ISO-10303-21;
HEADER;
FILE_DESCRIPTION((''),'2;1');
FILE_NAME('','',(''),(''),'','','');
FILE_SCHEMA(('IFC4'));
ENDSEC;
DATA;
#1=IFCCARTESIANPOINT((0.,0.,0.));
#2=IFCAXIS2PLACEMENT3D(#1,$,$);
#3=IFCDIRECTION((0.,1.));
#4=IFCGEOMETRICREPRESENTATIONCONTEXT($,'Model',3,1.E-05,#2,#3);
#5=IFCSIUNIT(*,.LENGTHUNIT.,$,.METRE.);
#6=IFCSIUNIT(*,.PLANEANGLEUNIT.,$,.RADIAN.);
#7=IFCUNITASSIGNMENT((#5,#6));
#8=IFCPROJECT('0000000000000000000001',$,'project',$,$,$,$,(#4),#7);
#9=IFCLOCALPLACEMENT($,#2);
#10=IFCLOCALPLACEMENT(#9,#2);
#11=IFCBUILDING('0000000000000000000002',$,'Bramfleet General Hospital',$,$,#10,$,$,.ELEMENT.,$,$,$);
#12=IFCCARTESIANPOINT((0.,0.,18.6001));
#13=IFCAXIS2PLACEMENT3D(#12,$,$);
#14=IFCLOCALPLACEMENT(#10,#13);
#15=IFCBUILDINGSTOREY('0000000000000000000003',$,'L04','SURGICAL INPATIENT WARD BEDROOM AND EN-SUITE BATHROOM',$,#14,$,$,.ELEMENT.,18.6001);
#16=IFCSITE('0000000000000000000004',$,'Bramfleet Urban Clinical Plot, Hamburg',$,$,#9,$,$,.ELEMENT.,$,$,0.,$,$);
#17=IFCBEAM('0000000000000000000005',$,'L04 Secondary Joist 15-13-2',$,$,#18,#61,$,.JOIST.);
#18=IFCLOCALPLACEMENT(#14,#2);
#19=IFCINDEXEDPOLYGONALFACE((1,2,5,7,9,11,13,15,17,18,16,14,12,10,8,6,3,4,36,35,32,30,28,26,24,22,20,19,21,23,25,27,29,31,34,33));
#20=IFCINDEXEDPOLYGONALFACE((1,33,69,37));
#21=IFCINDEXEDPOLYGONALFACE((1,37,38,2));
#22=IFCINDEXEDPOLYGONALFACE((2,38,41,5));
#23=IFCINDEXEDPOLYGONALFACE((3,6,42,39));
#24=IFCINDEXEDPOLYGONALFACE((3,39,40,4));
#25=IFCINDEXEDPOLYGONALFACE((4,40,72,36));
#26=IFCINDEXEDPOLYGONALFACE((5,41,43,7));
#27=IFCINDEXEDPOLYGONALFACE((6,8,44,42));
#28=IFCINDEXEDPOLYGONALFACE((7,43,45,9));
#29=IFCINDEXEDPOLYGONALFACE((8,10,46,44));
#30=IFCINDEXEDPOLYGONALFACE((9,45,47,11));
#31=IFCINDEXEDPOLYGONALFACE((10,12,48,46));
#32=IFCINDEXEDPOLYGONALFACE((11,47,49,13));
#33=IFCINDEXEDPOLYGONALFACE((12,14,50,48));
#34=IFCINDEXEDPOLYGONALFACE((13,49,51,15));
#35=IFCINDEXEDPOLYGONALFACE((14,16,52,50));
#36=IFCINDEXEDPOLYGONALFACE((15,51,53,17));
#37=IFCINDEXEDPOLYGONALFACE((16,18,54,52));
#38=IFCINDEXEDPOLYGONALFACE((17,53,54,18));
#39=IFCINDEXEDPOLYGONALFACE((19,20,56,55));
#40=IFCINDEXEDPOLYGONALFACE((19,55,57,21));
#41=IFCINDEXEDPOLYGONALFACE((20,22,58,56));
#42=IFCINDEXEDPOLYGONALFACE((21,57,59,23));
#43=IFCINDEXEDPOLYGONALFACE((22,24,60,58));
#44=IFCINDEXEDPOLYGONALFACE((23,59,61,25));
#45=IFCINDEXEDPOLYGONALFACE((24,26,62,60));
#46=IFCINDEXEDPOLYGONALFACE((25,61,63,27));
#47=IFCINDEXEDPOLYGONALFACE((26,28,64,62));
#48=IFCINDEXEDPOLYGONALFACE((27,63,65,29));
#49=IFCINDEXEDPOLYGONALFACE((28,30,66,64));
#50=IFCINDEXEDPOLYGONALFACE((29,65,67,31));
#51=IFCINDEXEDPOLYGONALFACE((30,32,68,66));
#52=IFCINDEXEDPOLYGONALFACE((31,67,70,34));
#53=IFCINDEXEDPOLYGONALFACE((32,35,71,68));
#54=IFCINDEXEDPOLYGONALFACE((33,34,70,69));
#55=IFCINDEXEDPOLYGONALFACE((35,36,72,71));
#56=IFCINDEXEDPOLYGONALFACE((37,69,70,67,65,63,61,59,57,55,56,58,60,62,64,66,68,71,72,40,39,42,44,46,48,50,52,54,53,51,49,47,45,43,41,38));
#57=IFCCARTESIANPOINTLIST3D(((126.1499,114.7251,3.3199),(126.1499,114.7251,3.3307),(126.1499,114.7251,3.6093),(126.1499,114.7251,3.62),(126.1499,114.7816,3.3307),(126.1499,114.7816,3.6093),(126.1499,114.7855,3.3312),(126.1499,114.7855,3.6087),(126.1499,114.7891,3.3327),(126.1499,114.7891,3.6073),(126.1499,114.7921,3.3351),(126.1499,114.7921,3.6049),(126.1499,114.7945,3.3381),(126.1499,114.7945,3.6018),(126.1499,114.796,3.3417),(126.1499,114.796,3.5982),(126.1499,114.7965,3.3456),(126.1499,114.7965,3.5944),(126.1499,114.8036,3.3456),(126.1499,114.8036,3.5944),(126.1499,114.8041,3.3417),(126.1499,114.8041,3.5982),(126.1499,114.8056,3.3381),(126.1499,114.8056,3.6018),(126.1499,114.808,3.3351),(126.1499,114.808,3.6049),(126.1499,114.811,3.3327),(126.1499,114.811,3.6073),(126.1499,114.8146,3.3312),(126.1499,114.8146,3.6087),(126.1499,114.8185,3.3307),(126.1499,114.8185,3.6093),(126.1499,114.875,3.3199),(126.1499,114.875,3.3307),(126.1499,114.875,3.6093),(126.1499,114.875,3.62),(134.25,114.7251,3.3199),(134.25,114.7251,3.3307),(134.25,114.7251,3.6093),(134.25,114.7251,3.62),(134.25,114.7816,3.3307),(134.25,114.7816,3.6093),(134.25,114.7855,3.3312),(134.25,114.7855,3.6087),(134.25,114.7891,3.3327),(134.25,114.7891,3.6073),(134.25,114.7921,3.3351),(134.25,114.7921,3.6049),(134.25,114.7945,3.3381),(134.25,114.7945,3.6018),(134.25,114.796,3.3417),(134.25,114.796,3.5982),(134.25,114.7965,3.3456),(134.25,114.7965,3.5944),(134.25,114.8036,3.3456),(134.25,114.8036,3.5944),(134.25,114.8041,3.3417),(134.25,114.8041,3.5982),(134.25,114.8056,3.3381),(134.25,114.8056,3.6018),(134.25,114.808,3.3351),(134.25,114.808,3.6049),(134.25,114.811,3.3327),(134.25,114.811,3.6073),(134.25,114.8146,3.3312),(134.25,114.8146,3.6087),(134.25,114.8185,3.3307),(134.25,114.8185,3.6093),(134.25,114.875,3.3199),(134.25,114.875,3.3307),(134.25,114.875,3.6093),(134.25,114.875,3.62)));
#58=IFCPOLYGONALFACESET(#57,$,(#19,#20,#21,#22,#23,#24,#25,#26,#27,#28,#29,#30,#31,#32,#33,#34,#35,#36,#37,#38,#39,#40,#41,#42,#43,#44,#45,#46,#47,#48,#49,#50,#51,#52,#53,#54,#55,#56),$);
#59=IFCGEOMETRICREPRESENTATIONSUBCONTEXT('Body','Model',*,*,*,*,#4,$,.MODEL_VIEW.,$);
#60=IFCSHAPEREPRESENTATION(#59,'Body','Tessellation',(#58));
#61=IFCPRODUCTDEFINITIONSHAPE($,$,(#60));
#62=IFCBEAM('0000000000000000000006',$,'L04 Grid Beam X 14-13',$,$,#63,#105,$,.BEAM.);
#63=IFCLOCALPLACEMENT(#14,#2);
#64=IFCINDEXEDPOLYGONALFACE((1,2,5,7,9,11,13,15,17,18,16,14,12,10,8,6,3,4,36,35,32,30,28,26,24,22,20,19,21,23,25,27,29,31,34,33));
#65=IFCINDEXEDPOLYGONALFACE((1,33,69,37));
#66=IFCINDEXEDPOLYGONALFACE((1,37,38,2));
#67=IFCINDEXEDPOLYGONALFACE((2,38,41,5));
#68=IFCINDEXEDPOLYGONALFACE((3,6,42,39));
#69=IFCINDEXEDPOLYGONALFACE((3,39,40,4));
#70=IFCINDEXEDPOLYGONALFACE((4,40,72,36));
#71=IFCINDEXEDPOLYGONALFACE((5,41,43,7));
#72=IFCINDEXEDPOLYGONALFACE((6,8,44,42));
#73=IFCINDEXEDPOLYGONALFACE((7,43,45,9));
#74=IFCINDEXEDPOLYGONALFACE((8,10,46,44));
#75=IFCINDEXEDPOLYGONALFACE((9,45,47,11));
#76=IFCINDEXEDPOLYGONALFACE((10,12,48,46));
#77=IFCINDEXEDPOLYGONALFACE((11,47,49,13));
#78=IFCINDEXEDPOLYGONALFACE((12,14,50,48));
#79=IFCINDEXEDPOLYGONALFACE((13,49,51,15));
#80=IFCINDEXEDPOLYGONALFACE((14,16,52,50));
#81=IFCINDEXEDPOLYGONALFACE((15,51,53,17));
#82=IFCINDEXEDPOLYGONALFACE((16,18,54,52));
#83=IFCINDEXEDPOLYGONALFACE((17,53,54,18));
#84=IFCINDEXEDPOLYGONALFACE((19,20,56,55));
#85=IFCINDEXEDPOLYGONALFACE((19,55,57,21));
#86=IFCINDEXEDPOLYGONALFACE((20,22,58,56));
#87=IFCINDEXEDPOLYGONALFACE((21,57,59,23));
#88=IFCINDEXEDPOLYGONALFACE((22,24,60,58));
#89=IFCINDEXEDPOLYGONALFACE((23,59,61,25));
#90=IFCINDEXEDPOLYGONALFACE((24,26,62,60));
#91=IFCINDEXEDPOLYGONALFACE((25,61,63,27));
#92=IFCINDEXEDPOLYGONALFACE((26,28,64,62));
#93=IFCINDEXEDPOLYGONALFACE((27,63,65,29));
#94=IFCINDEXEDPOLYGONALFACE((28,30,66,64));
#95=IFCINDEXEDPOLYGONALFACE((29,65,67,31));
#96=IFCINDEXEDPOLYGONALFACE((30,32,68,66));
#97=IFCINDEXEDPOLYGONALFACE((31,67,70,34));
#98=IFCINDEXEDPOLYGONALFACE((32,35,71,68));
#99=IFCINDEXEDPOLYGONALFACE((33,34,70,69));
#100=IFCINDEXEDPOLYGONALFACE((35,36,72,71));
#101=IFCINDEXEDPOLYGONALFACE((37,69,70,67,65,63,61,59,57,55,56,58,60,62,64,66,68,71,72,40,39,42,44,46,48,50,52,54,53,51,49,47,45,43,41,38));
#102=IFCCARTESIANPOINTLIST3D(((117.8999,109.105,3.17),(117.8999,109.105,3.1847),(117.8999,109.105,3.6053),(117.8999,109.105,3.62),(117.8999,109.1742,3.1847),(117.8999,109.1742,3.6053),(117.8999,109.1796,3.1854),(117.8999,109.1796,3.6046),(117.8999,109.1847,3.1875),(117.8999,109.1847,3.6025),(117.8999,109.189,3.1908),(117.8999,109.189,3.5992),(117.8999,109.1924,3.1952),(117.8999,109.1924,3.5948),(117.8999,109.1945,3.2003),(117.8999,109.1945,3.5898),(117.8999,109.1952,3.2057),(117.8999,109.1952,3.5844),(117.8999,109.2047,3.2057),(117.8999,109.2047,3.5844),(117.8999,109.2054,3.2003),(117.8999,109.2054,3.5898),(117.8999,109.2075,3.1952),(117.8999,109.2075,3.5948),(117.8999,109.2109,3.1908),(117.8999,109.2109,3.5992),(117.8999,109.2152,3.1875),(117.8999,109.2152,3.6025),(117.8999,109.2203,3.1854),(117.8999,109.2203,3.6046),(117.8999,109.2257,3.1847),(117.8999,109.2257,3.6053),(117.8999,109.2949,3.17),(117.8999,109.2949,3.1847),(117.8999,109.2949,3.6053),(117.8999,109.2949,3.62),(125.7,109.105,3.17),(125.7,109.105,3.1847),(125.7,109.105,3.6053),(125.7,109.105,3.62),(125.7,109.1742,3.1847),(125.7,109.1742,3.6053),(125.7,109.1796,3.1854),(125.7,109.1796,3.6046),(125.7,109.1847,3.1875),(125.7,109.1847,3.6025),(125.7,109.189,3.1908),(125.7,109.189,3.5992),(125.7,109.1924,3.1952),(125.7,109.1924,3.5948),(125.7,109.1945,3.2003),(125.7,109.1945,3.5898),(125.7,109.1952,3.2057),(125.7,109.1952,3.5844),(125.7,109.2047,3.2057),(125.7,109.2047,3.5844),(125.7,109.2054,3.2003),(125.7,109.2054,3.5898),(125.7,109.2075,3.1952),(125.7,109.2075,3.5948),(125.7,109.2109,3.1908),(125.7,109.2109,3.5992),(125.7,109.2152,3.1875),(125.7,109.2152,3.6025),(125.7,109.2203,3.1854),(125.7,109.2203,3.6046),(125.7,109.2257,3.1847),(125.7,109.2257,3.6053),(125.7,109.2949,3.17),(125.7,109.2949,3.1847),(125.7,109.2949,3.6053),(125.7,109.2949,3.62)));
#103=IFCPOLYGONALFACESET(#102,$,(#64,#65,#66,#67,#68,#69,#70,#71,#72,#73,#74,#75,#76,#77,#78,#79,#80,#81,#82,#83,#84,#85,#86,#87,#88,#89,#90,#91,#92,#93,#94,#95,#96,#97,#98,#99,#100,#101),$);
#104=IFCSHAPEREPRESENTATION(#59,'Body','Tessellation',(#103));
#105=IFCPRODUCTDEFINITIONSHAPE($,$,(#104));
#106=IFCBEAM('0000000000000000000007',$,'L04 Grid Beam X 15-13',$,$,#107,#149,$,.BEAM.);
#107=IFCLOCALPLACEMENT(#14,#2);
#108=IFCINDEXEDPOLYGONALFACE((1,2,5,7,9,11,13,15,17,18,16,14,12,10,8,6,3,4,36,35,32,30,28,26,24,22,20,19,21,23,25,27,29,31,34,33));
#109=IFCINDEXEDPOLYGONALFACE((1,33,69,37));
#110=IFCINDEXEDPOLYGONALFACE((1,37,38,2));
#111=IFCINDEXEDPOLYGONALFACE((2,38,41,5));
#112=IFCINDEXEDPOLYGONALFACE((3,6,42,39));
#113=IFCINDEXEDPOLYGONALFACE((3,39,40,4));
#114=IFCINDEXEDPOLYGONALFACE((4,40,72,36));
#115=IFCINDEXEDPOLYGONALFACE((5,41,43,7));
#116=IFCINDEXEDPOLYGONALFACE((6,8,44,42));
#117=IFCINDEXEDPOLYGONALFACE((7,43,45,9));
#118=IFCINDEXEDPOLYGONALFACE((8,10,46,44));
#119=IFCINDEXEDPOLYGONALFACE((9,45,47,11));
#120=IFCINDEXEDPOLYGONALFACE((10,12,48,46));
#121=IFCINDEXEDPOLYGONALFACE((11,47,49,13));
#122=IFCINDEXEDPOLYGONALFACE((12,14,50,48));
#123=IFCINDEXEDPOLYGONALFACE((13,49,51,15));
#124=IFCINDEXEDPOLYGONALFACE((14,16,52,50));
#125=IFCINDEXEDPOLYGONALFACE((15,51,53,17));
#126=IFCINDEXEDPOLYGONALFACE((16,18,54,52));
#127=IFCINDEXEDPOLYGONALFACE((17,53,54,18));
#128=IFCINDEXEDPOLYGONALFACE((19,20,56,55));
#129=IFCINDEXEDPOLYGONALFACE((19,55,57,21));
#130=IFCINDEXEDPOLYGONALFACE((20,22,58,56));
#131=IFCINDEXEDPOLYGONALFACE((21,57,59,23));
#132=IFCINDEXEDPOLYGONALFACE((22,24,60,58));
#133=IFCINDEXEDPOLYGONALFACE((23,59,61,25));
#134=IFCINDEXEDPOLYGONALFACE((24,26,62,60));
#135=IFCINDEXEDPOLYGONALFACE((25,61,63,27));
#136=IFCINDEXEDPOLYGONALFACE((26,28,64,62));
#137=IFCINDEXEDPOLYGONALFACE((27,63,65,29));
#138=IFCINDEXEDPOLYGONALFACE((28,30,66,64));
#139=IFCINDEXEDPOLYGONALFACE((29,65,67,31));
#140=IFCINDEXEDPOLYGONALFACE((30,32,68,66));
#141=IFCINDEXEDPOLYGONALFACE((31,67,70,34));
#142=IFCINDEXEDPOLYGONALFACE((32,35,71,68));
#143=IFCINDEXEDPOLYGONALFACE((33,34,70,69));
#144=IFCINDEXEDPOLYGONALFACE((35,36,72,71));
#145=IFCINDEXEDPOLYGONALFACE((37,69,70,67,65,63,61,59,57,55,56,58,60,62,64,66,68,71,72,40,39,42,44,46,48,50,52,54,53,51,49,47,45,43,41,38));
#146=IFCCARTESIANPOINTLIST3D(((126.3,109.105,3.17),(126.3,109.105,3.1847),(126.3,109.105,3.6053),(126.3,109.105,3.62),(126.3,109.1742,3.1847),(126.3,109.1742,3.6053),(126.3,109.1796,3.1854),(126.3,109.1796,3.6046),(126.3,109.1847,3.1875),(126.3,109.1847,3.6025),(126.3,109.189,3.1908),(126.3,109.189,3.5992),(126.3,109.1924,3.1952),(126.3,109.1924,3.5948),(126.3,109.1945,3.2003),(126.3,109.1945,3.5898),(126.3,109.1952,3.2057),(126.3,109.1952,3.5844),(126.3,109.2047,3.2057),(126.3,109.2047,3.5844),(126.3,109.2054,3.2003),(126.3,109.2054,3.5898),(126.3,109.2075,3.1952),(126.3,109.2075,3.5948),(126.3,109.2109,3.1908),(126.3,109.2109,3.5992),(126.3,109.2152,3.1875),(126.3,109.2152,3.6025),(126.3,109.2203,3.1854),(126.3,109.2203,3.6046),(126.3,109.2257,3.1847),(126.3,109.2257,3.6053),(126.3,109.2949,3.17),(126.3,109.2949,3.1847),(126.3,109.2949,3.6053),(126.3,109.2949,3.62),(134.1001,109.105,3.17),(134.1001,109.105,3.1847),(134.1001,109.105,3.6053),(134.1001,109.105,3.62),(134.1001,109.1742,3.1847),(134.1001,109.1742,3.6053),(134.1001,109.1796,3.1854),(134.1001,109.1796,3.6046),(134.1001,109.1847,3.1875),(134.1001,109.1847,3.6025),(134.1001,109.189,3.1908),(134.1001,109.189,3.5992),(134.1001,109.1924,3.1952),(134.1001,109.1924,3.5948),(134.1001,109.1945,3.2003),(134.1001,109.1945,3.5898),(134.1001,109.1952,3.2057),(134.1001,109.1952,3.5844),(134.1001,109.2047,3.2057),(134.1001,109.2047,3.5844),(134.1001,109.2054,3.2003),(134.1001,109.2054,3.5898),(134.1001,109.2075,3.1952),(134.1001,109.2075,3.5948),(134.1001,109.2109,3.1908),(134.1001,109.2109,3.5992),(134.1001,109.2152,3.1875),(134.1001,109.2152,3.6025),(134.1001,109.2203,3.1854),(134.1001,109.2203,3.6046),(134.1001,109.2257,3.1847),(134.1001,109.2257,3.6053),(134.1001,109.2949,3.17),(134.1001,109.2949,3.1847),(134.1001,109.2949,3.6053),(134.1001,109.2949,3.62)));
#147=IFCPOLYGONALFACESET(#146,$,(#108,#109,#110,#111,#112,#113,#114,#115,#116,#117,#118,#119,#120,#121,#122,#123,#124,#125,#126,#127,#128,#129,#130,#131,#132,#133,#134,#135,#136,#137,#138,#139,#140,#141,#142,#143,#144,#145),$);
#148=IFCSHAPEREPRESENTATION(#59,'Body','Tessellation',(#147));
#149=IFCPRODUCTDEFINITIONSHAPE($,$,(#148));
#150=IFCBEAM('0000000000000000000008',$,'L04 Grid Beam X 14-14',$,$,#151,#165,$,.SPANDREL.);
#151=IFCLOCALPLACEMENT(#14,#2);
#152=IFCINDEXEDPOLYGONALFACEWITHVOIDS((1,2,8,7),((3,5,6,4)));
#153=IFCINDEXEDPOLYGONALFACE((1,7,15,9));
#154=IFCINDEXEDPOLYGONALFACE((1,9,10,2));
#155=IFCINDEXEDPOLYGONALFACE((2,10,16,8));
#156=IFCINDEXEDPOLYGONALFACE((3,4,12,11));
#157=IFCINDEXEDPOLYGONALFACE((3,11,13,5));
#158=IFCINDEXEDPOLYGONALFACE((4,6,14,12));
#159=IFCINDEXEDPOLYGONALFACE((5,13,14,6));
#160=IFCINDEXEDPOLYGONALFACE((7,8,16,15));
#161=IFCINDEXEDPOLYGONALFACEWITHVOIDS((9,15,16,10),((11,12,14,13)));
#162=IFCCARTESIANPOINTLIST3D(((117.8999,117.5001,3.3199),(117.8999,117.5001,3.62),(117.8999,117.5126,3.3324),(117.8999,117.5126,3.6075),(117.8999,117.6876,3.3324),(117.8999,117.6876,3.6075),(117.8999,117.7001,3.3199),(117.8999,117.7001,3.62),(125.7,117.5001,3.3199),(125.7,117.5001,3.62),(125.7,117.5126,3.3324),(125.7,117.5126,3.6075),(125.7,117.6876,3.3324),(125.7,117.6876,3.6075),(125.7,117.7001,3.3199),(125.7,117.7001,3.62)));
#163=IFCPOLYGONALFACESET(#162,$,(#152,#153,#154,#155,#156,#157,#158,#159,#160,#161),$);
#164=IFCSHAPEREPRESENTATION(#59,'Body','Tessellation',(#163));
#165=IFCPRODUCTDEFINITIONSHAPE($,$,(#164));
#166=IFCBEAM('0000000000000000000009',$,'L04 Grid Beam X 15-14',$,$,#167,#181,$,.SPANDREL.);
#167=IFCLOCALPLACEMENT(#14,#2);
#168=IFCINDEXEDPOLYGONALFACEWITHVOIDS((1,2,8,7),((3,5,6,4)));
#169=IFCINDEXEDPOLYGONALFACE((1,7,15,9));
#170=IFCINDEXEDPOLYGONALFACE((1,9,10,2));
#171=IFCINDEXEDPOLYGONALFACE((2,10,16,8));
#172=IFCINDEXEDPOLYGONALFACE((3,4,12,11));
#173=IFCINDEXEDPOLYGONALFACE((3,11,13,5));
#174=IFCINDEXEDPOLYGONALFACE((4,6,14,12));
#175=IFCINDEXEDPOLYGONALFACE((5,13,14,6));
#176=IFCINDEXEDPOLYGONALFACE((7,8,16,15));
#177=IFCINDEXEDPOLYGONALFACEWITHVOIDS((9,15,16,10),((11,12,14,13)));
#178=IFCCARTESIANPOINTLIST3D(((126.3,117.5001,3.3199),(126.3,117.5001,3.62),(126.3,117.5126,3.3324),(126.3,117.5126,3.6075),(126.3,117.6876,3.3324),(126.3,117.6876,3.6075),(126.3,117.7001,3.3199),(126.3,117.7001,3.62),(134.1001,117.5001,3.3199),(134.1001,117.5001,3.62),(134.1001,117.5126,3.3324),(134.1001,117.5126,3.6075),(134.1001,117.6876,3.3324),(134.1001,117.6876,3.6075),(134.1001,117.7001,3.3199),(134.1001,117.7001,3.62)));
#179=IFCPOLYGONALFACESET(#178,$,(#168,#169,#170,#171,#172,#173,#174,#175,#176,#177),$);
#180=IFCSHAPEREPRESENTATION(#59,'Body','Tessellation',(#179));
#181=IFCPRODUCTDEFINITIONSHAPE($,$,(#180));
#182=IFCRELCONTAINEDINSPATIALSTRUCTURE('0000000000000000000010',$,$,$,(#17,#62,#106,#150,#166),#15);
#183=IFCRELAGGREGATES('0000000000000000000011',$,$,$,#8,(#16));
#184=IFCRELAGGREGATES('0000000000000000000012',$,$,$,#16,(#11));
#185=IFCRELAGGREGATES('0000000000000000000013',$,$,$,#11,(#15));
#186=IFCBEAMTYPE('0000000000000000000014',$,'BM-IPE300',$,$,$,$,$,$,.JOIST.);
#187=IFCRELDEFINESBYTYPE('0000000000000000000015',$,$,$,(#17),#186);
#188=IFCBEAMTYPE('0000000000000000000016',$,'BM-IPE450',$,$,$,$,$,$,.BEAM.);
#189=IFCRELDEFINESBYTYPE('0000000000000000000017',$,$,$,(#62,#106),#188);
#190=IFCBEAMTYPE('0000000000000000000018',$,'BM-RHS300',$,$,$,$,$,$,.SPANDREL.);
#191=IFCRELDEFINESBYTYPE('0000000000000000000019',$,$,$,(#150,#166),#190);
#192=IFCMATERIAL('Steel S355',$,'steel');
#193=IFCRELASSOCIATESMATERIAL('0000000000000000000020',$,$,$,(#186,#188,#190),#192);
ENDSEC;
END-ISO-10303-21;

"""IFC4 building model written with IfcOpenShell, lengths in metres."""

from ifc_helpers import new_model, si_unit, direction, frame, origin, origin_2d, place, context, subcontext, project, spatial, hollow_rectangle, i_section, extrude, material, material_profile, profile_set, type_object, element, save


model = new_model("IFC4")

# Units and contexts
model_context = context("Model", 3, precision=1e-05, world=origin(), true_north=direction((0.0, 1.0)))
body_context = subcontext(model_context, "Body", "Model", "MODEL_VIEW")
ifc_project = project(units=[si_unit("LENGTHUNIT", "METRE"), si_unit("PLANEANGLEUNIT", "RADIAN")], contexts=[model_context])

# Site, building, storey
site_placement = place(None, origin())
site = spatial("IfcSite", under=ifc_project, at=site_placement, Name="Bramfleet Urban Clinical Plot, Hamburg", CompositionType="ELEMENT", RefElevation=0.0)
building_placement = place(site_placement, origin())
building = spatial("IfcBuilding", under=site, at=building_placement, Name="Bramfleet General Hospital", CompositionType="ELEMENT")
storey_placement = place(building_placement, frame((0.0, 0.0, 18.6001)))
storey = spatial("IfcBuildingStorey", under=building, at=storey_placement, Name="L04", Description="SURGICAL INPATIENT WARD BEDROOM AND EN-SUITE BATHROOM", CompositionType="ELEMENT", Elevation=18.6001)

# Beams
ifc_material_1 = material(Name="Steel S355", Category="steel")
ifc_material_profile_1 = material_profile(ifc_material_1, i_section(OverallWidth=0.1499, OverallDepth=0.3, WebThickness=0.0071, FlangeThickness=0.0107, FilletRadius=0.0149, at=origin_2d()), Name="IPE 300")
ifc_profile_set_1 = profile_set([ifc_material_profile_1], Name="Steel S355")
beam_type_1 = type_object("IfcBeamType", Name="BM-IPE300", PredefinedType="JOIST", material=ifc_profile_set_1)
for number, where, z_axis, x_axis, name in (
    (1, (126.1499, 114.8, 3.47), (1.0, 0.0, 0.0), (0.0, 1.0, 0.0), "L04 Secondary Joist 15-13-2"),
):
    element("IfcBeam", number, at=place(storey_placement, frame(where, z_axis=z_axis, x_axis=x_axis)), inside=storey, type_object=beam_type_1, Name=name, PredefinedType="JOIST", context=body_context, shape_type="SweptSolid", body=[
        extrude(i_section(OverallWidth=0.1499, OverallDepth=0.3, WebThickness=0.0071, FlangeThickness=0.0107, FilletRadius=0.0149, at=origin_2d()), origin(), (0.0, 0.0, 1.0), 8.1001),
    ])
ifc_material_profile_2 = material_profile(ifc_material_1, i_section(OverallWidth=0.1899, OverallDepth=0.45, WebThickness=0.0095, FlangeThickness=0.0146, FilletRadius=0.021, at=origin_2d()), Name="IPE 450")
ifc_profile_set_2 = profile_set([ifc_material_profile_2], Name="Steel S355")
beam_type_2 = type_object("IfcBeamType", Name="BM-IPE450", PredefinedType="BEAM", material=ifc_profile_set_2)
for number, where, z_axis, x_axis, name in (
    (2, (117.8999, 109.2, 3.395), (1.0, 0.0, 0.0), (0.0, 1.0, 0.0), "L04 Grid Beam X 14-13"),
    (3, (126.3, 109.2, 3.395), (1.0, 0.0, 0.0), (0.0, 1.0, 0.0), "L04 Grid Beam X 15-13"),
):
    element("IfcBeam", number, at=place(storey_placement, frame(where, z_axis=z_axis, x_axis=x_axis)), inside=storey, type_object=beam_type_2, Name=name, PredefinedType="BEAM", context=body_context, shape_type="SweptSolid", body=[
        extrude(i_section(OverallWidth=0.1899, OverallDepth=0.45, WebThickness=0.0095, FlangeThickness=0.0146, FilletRadius=0.021, at=origin_2d()), origin(), (0.0, 0.0, 1.0), 7.8),
    ])
ifc_material_profile_3 = material_profile(ifc_material_1, hollow_rectangle(XDim=0.2, YDim=0.3, WallThickness=0.0125, at=origin_2d()), Name="RHS 300x200x12.5")
ifc_profile_set_3 = profile_set([ifc_material_profile_3], Name="Steel S355")
beam_type_3 = type_object("IfcBeamType", Name="BM-RHS300", PredefinedType="SPANDREL", material=ifc_profile_set_3)
for number, where, z_axis, x_axis, name in (
    (4, (117.8999, 117.6001, 3.47), (1.0, 0.0, 0.0), (0.0, 1.0, 0.0), "L04 Grid Beam X 14-14"),
    (5, (126.3, 117.6001, 3.47), (1.0, 0.0, 0.0), (0.0, 1.0, 0.0), "L04 Grid Beam X 15-14"),
):
    element("IfcBeam", number, at=place(storey_placement, frame(where, z_axis=z_axis, x_axis=x_axis)), inside=storey, type_object=beam_type_3, Name=name, PredefinedType="SPANDREL", context=body_context, shape_type="SweptSolid", body=[
        extrude(hollow_rectangle(XDim=0.2, YDim=0.3, WallThickness=0.0125, at=origin_2d()), origin(), (0.0, 0.0, 1.0), 7.8),
    ])

save(model, "model.ifc")
